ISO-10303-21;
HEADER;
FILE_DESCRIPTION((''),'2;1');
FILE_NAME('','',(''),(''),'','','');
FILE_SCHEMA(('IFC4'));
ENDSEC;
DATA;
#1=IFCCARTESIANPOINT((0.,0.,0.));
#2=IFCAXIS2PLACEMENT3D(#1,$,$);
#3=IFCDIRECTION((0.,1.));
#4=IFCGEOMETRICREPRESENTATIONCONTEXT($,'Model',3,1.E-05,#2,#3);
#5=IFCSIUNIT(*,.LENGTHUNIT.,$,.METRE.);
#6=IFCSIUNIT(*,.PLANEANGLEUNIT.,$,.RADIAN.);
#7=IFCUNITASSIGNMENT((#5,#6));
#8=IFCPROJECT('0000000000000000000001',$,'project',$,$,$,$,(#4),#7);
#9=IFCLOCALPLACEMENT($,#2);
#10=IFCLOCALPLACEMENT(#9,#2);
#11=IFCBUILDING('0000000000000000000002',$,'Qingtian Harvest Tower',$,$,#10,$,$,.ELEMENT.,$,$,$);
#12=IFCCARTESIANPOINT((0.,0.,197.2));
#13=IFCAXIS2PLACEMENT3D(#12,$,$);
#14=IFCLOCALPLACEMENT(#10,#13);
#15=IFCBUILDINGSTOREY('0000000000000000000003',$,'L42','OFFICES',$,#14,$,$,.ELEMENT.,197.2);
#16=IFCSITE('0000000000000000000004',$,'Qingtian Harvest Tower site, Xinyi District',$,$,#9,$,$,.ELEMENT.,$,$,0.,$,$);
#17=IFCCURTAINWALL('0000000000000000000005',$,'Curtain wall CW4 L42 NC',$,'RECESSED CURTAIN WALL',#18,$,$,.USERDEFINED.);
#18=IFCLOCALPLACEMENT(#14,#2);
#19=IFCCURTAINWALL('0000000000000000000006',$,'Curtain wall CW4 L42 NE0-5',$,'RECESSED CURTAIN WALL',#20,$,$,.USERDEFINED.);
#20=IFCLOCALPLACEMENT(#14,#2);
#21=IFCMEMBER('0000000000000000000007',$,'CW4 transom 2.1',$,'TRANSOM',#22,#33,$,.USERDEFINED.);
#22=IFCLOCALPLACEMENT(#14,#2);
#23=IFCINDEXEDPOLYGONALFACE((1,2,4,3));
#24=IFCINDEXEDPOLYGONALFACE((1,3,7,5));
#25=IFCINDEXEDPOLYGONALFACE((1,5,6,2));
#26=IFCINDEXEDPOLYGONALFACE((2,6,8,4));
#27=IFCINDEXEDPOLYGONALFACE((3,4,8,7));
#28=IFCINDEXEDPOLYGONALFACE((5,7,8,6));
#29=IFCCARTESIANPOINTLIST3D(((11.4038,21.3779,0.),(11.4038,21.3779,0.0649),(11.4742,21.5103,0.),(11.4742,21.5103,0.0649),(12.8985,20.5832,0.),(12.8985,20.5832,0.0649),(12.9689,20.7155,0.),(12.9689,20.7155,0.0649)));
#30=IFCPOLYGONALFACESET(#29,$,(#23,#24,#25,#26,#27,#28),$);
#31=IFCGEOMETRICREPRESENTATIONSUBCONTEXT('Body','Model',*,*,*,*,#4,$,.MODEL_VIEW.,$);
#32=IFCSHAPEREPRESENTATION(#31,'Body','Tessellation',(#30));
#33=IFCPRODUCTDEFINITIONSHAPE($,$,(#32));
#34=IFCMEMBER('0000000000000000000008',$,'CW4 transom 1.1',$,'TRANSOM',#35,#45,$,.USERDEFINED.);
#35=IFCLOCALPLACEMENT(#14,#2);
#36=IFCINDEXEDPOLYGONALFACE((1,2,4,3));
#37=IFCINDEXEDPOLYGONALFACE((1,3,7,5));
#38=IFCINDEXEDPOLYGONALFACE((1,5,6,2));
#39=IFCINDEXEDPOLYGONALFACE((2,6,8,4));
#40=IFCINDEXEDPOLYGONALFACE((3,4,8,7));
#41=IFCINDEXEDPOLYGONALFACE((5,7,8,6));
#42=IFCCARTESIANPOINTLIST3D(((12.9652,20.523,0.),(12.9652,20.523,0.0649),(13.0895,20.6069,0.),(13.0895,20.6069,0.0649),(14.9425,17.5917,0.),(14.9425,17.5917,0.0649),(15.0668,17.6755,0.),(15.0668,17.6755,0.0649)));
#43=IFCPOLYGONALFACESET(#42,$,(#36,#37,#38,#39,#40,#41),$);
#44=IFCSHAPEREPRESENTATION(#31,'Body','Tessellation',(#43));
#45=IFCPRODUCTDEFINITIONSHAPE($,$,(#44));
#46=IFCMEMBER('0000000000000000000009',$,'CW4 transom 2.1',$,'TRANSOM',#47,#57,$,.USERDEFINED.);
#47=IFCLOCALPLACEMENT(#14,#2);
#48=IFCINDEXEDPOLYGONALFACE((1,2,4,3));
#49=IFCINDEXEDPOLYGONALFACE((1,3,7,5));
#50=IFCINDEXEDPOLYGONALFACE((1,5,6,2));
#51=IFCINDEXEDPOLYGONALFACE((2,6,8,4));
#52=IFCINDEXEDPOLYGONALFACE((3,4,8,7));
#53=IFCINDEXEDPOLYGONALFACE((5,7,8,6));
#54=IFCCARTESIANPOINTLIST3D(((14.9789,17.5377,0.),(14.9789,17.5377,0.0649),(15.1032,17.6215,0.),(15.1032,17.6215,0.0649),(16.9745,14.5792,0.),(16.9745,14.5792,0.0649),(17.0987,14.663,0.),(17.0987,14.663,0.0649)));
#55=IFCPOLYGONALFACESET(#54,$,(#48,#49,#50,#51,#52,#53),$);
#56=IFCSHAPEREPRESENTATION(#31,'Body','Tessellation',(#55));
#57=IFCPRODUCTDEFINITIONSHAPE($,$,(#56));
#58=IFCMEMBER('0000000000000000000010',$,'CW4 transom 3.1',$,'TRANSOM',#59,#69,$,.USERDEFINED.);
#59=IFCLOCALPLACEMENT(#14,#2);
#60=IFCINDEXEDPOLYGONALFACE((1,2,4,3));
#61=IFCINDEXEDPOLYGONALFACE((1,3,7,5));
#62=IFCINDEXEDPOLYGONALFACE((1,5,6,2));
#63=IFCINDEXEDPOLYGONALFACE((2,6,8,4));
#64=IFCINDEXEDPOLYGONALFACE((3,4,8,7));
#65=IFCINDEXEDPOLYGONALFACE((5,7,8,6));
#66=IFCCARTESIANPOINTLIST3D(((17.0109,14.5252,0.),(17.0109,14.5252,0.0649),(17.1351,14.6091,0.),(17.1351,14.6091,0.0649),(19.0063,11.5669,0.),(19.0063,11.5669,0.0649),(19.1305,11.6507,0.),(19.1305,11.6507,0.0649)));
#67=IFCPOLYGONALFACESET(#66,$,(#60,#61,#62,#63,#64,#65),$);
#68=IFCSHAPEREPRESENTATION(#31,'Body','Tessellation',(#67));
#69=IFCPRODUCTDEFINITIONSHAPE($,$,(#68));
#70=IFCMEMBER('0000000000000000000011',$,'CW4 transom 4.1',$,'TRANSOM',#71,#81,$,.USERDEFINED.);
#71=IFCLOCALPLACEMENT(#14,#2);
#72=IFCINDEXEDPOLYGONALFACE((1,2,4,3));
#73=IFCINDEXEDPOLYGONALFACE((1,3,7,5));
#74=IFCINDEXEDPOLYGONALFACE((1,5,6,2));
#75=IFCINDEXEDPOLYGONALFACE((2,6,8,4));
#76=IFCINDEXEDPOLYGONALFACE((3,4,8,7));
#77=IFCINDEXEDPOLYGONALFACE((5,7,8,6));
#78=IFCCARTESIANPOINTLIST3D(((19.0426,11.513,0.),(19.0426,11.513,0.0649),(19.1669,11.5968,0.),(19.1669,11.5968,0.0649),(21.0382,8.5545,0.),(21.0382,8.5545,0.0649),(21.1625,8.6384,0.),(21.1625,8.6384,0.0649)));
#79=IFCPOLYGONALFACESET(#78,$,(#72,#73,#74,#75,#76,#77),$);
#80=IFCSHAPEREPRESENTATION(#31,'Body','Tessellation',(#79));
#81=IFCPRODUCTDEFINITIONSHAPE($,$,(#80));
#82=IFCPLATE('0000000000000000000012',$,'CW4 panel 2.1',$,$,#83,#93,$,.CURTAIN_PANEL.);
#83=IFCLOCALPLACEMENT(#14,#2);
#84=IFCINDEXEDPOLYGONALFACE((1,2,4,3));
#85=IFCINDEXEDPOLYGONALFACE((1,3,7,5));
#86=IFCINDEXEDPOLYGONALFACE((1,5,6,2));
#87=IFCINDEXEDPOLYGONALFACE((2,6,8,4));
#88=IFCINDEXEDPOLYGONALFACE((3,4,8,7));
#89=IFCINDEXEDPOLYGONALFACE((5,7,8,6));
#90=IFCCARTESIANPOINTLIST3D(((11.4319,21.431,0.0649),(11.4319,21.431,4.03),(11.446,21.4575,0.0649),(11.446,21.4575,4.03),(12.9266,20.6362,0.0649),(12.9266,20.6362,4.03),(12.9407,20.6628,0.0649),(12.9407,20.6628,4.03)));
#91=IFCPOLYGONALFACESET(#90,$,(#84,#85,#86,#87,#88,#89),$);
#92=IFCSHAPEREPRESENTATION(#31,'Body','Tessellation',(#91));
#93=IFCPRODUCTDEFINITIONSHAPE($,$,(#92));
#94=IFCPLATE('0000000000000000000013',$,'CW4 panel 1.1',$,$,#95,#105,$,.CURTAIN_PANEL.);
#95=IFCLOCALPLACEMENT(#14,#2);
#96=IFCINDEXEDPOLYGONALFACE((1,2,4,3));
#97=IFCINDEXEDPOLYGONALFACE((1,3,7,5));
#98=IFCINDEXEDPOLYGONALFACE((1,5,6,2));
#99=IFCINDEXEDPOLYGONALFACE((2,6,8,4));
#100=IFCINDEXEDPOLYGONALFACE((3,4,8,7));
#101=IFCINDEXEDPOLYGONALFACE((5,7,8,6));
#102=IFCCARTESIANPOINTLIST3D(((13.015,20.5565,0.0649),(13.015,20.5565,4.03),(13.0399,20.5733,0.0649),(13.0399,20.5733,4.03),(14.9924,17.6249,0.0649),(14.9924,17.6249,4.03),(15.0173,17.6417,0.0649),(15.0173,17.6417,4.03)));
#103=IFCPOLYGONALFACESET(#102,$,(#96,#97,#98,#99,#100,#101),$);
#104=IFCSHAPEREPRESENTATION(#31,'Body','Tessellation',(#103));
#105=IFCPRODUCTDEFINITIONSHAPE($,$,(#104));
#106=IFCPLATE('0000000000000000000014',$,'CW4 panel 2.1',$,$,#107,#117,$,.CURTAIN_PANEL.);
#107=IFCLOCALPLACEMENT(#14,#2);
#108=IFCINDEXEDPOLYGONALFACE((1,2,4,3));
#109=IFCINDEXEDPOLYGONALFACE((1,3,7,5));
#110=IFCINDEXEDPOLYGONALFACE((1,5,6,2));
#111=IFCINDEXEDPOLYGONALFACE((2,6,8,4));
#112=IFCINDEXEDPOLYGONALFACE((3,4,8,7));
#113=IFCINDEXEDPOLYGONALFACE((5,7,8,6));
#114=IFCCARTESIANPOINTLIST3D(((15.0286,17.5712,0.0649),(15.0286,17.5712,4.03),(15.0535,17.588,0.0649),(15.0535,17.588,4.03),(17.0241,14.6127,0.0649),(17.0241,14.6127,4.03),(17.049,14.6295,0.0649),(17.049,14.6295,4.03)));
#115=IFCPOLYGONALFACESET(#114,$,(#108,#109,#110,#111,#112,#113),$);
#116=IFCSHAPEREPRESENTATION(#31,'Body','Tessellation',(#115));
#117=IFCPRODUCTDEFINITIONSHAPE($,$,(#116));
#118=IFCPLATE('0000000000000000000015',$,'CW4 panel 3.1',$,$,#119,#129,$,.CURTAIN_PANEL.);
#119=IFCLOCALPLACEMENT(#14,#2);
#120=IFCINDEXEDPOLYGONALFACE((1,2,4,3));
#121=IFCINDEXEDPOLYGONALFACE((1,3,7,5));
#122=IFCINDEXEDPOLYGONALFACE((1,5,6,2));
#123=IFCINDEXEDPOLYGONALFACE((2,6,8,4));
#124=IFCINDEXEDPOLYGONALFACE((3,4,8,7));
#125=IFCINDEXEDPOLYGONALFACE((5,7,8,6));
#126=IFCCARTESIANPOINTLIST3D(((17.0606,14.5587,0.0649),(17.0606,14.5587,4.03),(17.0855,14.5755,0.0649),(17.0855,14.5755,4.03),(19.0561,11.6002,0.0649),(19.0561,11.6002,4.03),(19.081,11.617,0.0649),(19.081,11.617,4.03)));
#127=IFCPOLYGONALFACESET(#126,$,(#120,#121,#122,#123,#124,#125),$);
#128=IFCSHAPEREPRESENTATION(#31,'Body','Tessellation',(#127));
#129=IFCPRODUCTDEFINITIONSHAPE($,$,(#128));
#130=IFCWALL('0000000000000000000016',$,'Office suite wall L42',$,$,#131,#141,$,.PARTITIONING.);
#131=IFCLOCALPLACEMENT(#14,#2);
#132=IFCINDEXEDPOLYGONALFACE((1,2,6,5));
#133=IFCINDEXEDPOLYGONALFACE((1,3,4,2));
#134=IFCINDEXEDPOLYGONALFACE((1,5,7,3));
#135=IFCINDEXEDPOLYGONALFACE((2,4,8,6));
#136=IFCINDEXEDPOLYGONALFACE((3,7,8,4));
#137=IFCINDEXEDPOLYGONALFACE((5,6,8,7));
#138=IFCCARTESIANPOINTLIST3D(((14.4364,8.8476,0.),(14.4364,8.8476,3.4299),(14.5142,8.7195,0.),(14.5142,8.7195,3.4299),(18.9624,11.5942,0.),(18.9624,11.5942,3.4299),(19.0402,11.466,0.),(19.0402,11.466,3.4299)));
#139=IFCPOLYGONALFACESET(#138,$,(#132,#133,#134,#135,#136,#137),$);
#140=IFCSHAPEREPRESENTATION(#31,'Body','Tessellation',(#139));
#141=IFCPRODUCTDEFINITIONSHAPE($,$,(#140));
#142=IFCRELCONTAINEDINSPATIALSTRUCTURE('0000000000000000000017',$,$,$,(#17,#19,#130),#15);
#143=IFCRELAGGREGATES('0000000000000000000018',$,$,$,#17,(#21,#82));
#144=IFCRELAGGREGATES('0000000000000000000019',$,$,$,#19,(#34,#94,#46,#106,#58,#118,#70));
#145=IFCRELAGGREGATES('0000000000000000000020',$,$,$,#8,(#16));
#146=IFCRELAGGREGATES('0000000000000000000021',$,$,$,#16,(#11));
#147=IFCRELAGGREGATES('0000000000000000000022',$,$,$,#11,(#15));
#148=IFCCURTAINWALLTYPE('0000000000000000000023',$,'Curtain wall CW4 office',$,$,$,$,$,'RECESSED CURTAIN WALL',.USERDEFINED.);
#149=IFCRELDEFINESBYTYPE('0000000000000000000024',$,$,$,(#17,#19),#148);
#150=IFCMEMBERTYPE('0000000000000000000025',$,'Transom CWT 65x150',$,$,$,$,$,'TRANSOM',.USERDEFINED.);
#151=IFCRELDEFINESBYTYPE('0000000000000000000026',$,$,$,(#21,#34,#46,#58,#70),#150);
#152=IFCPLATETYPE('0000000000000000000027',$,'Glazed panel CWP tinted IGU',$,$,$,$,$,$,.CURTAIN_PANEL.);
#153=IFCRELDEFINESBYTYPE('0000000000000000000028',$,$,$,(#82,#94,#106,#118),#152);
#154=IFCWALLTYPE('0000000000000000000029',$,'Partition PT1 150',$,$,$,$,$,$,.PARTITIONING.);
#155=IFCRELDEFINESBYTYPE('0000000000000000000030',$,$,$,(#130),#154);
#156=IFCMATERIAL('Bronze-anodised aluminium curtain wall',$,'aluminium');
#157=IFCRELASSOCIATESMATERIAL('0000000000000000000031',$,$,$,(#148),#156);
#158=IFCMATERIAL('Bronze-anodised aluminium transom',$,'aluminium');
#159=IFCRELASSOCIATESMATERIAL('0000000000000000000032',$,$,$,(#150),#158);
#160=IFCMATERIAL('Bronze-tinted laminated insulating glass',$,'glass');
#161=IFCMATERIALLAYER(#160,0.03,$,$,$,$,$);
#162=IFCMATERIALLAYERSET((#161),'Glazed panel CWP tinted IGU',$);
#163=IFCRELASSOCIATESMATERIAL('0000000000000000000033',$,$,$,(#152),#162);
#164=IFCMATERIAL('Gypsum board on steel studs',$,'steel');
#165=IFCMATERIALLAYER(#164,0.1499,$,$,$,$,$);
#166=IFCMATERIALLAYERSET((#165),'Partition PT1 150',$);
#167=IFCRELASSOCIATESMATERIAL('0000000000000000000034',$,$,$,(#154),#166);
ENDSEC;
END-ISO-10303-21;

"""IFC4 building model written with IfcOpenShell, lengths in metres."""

from ifc_helpers import new_model, si_unit, direction, frame, frame_2d, origin, origin_2d, place, context, subcontext, project, spatial, rectangle, extrude, material, layer, layer_set, material_profile, profile_set, type_object, element, aggregate, save


model = new_model("IFC4")

# Units and contexts
model_context = context("Model", 3, precision=1e-05, world=origin(), true_north=direction((0.0, 1.0)))
body_context = subcontext(model_context, "Body", "Model", "MODEL_VIEW")
ifc_project = project(units=[si_unit("LENGTHUNIT", "METRE"), si_unit("PLANEANGLEUNIT", "RADIAN")], contexts=[model_context])

# Site, building, storey
site_placement = place(None, origin())
site = spatial("IfcSite", under=ifc_project, at=site_placement, Name="Qingtian Harvest Tower site, Xinyi District", CompositionType="ELEMENT", RefElevation=0.0)
building_placement = place(site_placement, origin())
building = spatial("IfcBuilding", under=site, at=building_placement, Name="Qingtian Harvest Tower", CompositionType="ELEMENT")
storey_placement = place(building_placement, frame((0.0, 0.0, 197.2)))
storey = spatial("IfcBuildingStorey", under=building, at=storey_placement, Name="L42", Description="OFFICES", CompositionType="ELEMENT", Elevation=197.2)

# Curtain wall
ifc_material_1 = material(Name="Bronze-anodised aluminium curtain wall", Category="aluminium")
curtain_wall_type = type_object("IfcCurtainWallType", Name="Curtain wall CW4 office", ElementType="RECESSED CURTAIN WALL", PredefinedType="USERDEFINED", material=ifc_material_1)
curtain_wall_1_placement = place(storey_placement, origin())
curtain_wall_1 = element("IfcCurtainWall", 1, at=curtain_wall_1_placement, inside=storey, type_object=curtain_wall_type, Name="Curtain wall CW4 L42 NC", ObjectType="RECESSED CURTAIN WALL", PredefinedType="USERDEFINED")

# Curtain wall
curtain_wall_2_placement = place(storey_placement, origin())
curtain_wall_2 = element("IfcCurtainWall", 2, at=curtain_wall_2_placement, inside=storey, type_object=curtain_wall_type, Name="Curtain wall CW4 L42 NE0-5", ObjectType="RECESSED CURTAIN WALL", PredefinedType="USERDEFINED")

# Members
ifc_material_2 = material(Name="Bronze-anodised aluminium transom", Category="aluminium")
ifc_material_profile_1 = material_profile(ifc_material_2, rectangle(XDim=0.1499, YDim=0.0649, at=origin_2d()), Name="AL 65x150")
ifc_profile_set_1 = profile_set([ifc_material_profile_1], Name="Bronze-anodised aluminium transom")
member_type_1 = type_object("IfcMemberType", Name="Transom CWT 65x150", ElementType="TRANSOM", PredefinedType="USERDEFINED", material=ifc_profile_set_1)
member_1_placement = place(storey_placement, frame((11.439, 21.4441, 0.0325), z_axis=(0.882955, -0.469457, 0.0), x_axis=(0.469457, 0.882955, 0.0)))
member_1 = element("IfcMember", 3, at=member_1_placement, type_object=member_type_1, Name="CW4 transom 2.1", ObjectType="TRANSOM", PredefinedType="USERDEFINED", context=body_context, shape_type="SweptSolid", body=[
    extrude(rectangle(XDim=0.1499, YDim=0.0649, at=origin_2d()), origin(), (0.0, 0.0, 1.0), 1.6929),
])
member_2_placement = place(storey_placement, frame((13.0273, 20.5649, 0.0325), z_axis=(0.559201, -0.829032, 0.0), x_axis=(0.829032, 0.559201, 0.0)))
member_2 = element("IfcMember", 4, at=member_2_placement, type_object=member_type_1, Name="CW4 transom 1.1", ObjectType="TRANSOM", PredefinedType="USERDEFINED", context=body_context, shape_type="SweptSolid", body=[
    extrude(rectangle(XDim=0.1499, YDim=0.0649, at=origin_2d()), origin(), (0.0, 0.0, 1.0), 3.5359),
])
member_3_placement = place(storey_placement, frame((15.041, 17.5796, 0.0325), z_axis=(0.559207, -0.829028, 0.0), x_axis=(0.829028, 0.559207, 0.0)))
member_3 = element("IfcMember", 5, at=member_3_placement, type_object=member_type_1, Name="CW4 transom 2.1", ObjectType="TRANSOM", PredefinedType="USERDEFINED", context=body_context, shape_type="SweptSolid", body=[
    extrude(rectangle(XDim=0.1499, YDim=0.0649, at=origin_2d()), origin(), (0.0, 0.0, 1.0), 3.5686),
])
member_4_placement = place(storey_placement, frame((17.073, 14.5671, 0.0325), z_axis=(0.559192, -0.829038, 0.0), x_axis=(0.829038, 0.559192, 0.0)))
member_4 = element("IfcMember", 6, at=member_4_placement, type_object=member_type_1, Name="CW4 transom 3.1", ObjectType="TRANSOM", PredefinedType="USERDEFINED", context=body_context, shape_type="SweptSolid", body=[
    extrude(rectangle(XDim=0.1499, YDim=0.0649, at=origin_2d()), origin(), (0.0, 0.0, 1.0), 3.5684),
])
member_5_placement = place(storey_placement, frame((19.1047, 11.5549, 0.0325), z_axis=(0.559207, -0.829028, 0.0), x_axis=(0.829028, 0.559207, 0.0)))
member_5 = element("IfcMember", 7, at=member_5_placement, type_object=member_type_1, Name="CW4 transom 4.1", ObjectType="TRANSOM", PredefinedType="USERDEFINED", context=body_context, shape_type="SweptSolid", body=[
    extrude(rectangle(XDim=0.1499, YDim=0.0649, at=origin_2d()), origin(), (0.0, 0.0, 1.0), 3.5686),
])

# Plates
ifc_material_3 = material(Name="Bronze-tinted laminated insulating glass", Category="glass")
ifc_layer_1 = layer(ifc_material_3, 0.03)
ifc_layer_set_1 = layer_set([ifc_layer_1], Name="Glazed panel CWP tinted IGU")
plate_type = type_object("IfcPlateType", Name="Glazed panel CWP tinted IGU", PredefinedType="CURTAIN_PANEL", material=ifc_layer_set_1)
plate_1_placement = place(storey_placement, frame((12.1863, 21.0469, 0.0649), z_axis=(0.0, 0.0, 1.0), x_axis=(0.882948, -0.469472, 0.0)))
plate_1 = element("IfcPlate", 8, at=plate_1_placement, type_object=plate_type, Name="CW4 panel 2.1", PredefinedType="CURTAIN_PANEL", context=body_context, shape_type="SweptSolid", body=[
    extrude(rectangle(XDim=1.6929, YDim=0.03, at=origin_2d()), origin(), (0.0, 0.0, 1.0), 3.9651),
])
aggregate(curtain_wall_1, [member_1, plate_1])
plate_2_placement = place(storey_placement, frame((14.0161, 19.0991, 0.0649), z_axis=(0.0, 0.0, 1.0), x_axis=(0.559193, -0.829038, 0.0)))
plate_2 = element("IfcPlate", 9, at=plate_2_placement, type_object=plate_type, Name="CW4 panel 1.1", PredefinedType="CURTAIN_PANEL", context=body_context, shape_type="SweptSolid", body=[
    extrude(rectangle(XDim=3.5361, YDim=0.03, at=origin_2d()), origin(), (0.0, 0.0, 1.0), 3.9651),
])
plate_3_placement = place(storey_placement, frame((16.0388, 16.1003, 0.0649), z_axis=(0.0, 0.0, 1.0), x_axis=(0.559193, -0.829038, 0.0)))
plate_3 = element("IfcPlate", 10, at=plate_3_placement, type_object=plate_type, Name="CW4 panel 2.1", PredefinedType="CURTAIN_PANEL", context=body_context, shape_type="SweptSolid", body=[
    extrude(rectangle(XDim=3.5686, YDim=0.03, at=origin_2d()), origin(), (0.0, 0.0, 1.0), 3.9651),
])
plate_4_placement = place(storey_placement, frame((18.0708, 13.0879, 0.0649), z_axis=(0.0, 0.0, 1.0), x_axis=(0.559193, -0.829038, 0.0)))
plate_4 = element("IfcPlate", 11, at=plate_4_placement, type_object=plate_type, Name="CW4 panel 3.1", PredefinedType="CURTAIN_PANEL", context=body_context, shape_type="SweptSolid", body=[
    extrude(rectangle(XDim=3.5686, YDim=0.03, at=origin_2d()), origin(), (0.0, 0.0, 1.0), 3.9651),
])
aggregate(curtain_wall_2, [member_2, plate_2, member_3, plate_3, member_4, plate_4, member_5])

# Wall
ifc_material_4 = material(Name="Gypsum board on steel studs", Category="steel")
ifc_layer_2 = layer(ifc_material_4, 0.1499)
ifc_layer_set_2 = layer_set([ifc_layer_2], Name="Partition PT1 150")
wall_type = type_object("IfcWallType", Name="Partition PT1 150", PredefinedType="PARTITIONING", material=ifc_layer_set_2)
wall_placement = place(storey_placement, frame((19.0012, 11.53, 0.0), z_axis=(0.0, 0.0, 1.0), x_axis=(-0.854907, -0.518782, 0.0)))
element("IfcWall", 12, at=wall_placement, inside=storey, type_object=wall_type, Name="Office suite wall L42", PredefinedType="PARTITIONING", context=body_context, shape_type="SweptSolid", body=[
    extrude(rectangle(XDim=5.2942, YDim=0.1499, at=frame_2d((2.647, 0.0))), origin(), (0.0, 0.0, 1.0), 3.4299),
])

save(model, "model.ifc")
